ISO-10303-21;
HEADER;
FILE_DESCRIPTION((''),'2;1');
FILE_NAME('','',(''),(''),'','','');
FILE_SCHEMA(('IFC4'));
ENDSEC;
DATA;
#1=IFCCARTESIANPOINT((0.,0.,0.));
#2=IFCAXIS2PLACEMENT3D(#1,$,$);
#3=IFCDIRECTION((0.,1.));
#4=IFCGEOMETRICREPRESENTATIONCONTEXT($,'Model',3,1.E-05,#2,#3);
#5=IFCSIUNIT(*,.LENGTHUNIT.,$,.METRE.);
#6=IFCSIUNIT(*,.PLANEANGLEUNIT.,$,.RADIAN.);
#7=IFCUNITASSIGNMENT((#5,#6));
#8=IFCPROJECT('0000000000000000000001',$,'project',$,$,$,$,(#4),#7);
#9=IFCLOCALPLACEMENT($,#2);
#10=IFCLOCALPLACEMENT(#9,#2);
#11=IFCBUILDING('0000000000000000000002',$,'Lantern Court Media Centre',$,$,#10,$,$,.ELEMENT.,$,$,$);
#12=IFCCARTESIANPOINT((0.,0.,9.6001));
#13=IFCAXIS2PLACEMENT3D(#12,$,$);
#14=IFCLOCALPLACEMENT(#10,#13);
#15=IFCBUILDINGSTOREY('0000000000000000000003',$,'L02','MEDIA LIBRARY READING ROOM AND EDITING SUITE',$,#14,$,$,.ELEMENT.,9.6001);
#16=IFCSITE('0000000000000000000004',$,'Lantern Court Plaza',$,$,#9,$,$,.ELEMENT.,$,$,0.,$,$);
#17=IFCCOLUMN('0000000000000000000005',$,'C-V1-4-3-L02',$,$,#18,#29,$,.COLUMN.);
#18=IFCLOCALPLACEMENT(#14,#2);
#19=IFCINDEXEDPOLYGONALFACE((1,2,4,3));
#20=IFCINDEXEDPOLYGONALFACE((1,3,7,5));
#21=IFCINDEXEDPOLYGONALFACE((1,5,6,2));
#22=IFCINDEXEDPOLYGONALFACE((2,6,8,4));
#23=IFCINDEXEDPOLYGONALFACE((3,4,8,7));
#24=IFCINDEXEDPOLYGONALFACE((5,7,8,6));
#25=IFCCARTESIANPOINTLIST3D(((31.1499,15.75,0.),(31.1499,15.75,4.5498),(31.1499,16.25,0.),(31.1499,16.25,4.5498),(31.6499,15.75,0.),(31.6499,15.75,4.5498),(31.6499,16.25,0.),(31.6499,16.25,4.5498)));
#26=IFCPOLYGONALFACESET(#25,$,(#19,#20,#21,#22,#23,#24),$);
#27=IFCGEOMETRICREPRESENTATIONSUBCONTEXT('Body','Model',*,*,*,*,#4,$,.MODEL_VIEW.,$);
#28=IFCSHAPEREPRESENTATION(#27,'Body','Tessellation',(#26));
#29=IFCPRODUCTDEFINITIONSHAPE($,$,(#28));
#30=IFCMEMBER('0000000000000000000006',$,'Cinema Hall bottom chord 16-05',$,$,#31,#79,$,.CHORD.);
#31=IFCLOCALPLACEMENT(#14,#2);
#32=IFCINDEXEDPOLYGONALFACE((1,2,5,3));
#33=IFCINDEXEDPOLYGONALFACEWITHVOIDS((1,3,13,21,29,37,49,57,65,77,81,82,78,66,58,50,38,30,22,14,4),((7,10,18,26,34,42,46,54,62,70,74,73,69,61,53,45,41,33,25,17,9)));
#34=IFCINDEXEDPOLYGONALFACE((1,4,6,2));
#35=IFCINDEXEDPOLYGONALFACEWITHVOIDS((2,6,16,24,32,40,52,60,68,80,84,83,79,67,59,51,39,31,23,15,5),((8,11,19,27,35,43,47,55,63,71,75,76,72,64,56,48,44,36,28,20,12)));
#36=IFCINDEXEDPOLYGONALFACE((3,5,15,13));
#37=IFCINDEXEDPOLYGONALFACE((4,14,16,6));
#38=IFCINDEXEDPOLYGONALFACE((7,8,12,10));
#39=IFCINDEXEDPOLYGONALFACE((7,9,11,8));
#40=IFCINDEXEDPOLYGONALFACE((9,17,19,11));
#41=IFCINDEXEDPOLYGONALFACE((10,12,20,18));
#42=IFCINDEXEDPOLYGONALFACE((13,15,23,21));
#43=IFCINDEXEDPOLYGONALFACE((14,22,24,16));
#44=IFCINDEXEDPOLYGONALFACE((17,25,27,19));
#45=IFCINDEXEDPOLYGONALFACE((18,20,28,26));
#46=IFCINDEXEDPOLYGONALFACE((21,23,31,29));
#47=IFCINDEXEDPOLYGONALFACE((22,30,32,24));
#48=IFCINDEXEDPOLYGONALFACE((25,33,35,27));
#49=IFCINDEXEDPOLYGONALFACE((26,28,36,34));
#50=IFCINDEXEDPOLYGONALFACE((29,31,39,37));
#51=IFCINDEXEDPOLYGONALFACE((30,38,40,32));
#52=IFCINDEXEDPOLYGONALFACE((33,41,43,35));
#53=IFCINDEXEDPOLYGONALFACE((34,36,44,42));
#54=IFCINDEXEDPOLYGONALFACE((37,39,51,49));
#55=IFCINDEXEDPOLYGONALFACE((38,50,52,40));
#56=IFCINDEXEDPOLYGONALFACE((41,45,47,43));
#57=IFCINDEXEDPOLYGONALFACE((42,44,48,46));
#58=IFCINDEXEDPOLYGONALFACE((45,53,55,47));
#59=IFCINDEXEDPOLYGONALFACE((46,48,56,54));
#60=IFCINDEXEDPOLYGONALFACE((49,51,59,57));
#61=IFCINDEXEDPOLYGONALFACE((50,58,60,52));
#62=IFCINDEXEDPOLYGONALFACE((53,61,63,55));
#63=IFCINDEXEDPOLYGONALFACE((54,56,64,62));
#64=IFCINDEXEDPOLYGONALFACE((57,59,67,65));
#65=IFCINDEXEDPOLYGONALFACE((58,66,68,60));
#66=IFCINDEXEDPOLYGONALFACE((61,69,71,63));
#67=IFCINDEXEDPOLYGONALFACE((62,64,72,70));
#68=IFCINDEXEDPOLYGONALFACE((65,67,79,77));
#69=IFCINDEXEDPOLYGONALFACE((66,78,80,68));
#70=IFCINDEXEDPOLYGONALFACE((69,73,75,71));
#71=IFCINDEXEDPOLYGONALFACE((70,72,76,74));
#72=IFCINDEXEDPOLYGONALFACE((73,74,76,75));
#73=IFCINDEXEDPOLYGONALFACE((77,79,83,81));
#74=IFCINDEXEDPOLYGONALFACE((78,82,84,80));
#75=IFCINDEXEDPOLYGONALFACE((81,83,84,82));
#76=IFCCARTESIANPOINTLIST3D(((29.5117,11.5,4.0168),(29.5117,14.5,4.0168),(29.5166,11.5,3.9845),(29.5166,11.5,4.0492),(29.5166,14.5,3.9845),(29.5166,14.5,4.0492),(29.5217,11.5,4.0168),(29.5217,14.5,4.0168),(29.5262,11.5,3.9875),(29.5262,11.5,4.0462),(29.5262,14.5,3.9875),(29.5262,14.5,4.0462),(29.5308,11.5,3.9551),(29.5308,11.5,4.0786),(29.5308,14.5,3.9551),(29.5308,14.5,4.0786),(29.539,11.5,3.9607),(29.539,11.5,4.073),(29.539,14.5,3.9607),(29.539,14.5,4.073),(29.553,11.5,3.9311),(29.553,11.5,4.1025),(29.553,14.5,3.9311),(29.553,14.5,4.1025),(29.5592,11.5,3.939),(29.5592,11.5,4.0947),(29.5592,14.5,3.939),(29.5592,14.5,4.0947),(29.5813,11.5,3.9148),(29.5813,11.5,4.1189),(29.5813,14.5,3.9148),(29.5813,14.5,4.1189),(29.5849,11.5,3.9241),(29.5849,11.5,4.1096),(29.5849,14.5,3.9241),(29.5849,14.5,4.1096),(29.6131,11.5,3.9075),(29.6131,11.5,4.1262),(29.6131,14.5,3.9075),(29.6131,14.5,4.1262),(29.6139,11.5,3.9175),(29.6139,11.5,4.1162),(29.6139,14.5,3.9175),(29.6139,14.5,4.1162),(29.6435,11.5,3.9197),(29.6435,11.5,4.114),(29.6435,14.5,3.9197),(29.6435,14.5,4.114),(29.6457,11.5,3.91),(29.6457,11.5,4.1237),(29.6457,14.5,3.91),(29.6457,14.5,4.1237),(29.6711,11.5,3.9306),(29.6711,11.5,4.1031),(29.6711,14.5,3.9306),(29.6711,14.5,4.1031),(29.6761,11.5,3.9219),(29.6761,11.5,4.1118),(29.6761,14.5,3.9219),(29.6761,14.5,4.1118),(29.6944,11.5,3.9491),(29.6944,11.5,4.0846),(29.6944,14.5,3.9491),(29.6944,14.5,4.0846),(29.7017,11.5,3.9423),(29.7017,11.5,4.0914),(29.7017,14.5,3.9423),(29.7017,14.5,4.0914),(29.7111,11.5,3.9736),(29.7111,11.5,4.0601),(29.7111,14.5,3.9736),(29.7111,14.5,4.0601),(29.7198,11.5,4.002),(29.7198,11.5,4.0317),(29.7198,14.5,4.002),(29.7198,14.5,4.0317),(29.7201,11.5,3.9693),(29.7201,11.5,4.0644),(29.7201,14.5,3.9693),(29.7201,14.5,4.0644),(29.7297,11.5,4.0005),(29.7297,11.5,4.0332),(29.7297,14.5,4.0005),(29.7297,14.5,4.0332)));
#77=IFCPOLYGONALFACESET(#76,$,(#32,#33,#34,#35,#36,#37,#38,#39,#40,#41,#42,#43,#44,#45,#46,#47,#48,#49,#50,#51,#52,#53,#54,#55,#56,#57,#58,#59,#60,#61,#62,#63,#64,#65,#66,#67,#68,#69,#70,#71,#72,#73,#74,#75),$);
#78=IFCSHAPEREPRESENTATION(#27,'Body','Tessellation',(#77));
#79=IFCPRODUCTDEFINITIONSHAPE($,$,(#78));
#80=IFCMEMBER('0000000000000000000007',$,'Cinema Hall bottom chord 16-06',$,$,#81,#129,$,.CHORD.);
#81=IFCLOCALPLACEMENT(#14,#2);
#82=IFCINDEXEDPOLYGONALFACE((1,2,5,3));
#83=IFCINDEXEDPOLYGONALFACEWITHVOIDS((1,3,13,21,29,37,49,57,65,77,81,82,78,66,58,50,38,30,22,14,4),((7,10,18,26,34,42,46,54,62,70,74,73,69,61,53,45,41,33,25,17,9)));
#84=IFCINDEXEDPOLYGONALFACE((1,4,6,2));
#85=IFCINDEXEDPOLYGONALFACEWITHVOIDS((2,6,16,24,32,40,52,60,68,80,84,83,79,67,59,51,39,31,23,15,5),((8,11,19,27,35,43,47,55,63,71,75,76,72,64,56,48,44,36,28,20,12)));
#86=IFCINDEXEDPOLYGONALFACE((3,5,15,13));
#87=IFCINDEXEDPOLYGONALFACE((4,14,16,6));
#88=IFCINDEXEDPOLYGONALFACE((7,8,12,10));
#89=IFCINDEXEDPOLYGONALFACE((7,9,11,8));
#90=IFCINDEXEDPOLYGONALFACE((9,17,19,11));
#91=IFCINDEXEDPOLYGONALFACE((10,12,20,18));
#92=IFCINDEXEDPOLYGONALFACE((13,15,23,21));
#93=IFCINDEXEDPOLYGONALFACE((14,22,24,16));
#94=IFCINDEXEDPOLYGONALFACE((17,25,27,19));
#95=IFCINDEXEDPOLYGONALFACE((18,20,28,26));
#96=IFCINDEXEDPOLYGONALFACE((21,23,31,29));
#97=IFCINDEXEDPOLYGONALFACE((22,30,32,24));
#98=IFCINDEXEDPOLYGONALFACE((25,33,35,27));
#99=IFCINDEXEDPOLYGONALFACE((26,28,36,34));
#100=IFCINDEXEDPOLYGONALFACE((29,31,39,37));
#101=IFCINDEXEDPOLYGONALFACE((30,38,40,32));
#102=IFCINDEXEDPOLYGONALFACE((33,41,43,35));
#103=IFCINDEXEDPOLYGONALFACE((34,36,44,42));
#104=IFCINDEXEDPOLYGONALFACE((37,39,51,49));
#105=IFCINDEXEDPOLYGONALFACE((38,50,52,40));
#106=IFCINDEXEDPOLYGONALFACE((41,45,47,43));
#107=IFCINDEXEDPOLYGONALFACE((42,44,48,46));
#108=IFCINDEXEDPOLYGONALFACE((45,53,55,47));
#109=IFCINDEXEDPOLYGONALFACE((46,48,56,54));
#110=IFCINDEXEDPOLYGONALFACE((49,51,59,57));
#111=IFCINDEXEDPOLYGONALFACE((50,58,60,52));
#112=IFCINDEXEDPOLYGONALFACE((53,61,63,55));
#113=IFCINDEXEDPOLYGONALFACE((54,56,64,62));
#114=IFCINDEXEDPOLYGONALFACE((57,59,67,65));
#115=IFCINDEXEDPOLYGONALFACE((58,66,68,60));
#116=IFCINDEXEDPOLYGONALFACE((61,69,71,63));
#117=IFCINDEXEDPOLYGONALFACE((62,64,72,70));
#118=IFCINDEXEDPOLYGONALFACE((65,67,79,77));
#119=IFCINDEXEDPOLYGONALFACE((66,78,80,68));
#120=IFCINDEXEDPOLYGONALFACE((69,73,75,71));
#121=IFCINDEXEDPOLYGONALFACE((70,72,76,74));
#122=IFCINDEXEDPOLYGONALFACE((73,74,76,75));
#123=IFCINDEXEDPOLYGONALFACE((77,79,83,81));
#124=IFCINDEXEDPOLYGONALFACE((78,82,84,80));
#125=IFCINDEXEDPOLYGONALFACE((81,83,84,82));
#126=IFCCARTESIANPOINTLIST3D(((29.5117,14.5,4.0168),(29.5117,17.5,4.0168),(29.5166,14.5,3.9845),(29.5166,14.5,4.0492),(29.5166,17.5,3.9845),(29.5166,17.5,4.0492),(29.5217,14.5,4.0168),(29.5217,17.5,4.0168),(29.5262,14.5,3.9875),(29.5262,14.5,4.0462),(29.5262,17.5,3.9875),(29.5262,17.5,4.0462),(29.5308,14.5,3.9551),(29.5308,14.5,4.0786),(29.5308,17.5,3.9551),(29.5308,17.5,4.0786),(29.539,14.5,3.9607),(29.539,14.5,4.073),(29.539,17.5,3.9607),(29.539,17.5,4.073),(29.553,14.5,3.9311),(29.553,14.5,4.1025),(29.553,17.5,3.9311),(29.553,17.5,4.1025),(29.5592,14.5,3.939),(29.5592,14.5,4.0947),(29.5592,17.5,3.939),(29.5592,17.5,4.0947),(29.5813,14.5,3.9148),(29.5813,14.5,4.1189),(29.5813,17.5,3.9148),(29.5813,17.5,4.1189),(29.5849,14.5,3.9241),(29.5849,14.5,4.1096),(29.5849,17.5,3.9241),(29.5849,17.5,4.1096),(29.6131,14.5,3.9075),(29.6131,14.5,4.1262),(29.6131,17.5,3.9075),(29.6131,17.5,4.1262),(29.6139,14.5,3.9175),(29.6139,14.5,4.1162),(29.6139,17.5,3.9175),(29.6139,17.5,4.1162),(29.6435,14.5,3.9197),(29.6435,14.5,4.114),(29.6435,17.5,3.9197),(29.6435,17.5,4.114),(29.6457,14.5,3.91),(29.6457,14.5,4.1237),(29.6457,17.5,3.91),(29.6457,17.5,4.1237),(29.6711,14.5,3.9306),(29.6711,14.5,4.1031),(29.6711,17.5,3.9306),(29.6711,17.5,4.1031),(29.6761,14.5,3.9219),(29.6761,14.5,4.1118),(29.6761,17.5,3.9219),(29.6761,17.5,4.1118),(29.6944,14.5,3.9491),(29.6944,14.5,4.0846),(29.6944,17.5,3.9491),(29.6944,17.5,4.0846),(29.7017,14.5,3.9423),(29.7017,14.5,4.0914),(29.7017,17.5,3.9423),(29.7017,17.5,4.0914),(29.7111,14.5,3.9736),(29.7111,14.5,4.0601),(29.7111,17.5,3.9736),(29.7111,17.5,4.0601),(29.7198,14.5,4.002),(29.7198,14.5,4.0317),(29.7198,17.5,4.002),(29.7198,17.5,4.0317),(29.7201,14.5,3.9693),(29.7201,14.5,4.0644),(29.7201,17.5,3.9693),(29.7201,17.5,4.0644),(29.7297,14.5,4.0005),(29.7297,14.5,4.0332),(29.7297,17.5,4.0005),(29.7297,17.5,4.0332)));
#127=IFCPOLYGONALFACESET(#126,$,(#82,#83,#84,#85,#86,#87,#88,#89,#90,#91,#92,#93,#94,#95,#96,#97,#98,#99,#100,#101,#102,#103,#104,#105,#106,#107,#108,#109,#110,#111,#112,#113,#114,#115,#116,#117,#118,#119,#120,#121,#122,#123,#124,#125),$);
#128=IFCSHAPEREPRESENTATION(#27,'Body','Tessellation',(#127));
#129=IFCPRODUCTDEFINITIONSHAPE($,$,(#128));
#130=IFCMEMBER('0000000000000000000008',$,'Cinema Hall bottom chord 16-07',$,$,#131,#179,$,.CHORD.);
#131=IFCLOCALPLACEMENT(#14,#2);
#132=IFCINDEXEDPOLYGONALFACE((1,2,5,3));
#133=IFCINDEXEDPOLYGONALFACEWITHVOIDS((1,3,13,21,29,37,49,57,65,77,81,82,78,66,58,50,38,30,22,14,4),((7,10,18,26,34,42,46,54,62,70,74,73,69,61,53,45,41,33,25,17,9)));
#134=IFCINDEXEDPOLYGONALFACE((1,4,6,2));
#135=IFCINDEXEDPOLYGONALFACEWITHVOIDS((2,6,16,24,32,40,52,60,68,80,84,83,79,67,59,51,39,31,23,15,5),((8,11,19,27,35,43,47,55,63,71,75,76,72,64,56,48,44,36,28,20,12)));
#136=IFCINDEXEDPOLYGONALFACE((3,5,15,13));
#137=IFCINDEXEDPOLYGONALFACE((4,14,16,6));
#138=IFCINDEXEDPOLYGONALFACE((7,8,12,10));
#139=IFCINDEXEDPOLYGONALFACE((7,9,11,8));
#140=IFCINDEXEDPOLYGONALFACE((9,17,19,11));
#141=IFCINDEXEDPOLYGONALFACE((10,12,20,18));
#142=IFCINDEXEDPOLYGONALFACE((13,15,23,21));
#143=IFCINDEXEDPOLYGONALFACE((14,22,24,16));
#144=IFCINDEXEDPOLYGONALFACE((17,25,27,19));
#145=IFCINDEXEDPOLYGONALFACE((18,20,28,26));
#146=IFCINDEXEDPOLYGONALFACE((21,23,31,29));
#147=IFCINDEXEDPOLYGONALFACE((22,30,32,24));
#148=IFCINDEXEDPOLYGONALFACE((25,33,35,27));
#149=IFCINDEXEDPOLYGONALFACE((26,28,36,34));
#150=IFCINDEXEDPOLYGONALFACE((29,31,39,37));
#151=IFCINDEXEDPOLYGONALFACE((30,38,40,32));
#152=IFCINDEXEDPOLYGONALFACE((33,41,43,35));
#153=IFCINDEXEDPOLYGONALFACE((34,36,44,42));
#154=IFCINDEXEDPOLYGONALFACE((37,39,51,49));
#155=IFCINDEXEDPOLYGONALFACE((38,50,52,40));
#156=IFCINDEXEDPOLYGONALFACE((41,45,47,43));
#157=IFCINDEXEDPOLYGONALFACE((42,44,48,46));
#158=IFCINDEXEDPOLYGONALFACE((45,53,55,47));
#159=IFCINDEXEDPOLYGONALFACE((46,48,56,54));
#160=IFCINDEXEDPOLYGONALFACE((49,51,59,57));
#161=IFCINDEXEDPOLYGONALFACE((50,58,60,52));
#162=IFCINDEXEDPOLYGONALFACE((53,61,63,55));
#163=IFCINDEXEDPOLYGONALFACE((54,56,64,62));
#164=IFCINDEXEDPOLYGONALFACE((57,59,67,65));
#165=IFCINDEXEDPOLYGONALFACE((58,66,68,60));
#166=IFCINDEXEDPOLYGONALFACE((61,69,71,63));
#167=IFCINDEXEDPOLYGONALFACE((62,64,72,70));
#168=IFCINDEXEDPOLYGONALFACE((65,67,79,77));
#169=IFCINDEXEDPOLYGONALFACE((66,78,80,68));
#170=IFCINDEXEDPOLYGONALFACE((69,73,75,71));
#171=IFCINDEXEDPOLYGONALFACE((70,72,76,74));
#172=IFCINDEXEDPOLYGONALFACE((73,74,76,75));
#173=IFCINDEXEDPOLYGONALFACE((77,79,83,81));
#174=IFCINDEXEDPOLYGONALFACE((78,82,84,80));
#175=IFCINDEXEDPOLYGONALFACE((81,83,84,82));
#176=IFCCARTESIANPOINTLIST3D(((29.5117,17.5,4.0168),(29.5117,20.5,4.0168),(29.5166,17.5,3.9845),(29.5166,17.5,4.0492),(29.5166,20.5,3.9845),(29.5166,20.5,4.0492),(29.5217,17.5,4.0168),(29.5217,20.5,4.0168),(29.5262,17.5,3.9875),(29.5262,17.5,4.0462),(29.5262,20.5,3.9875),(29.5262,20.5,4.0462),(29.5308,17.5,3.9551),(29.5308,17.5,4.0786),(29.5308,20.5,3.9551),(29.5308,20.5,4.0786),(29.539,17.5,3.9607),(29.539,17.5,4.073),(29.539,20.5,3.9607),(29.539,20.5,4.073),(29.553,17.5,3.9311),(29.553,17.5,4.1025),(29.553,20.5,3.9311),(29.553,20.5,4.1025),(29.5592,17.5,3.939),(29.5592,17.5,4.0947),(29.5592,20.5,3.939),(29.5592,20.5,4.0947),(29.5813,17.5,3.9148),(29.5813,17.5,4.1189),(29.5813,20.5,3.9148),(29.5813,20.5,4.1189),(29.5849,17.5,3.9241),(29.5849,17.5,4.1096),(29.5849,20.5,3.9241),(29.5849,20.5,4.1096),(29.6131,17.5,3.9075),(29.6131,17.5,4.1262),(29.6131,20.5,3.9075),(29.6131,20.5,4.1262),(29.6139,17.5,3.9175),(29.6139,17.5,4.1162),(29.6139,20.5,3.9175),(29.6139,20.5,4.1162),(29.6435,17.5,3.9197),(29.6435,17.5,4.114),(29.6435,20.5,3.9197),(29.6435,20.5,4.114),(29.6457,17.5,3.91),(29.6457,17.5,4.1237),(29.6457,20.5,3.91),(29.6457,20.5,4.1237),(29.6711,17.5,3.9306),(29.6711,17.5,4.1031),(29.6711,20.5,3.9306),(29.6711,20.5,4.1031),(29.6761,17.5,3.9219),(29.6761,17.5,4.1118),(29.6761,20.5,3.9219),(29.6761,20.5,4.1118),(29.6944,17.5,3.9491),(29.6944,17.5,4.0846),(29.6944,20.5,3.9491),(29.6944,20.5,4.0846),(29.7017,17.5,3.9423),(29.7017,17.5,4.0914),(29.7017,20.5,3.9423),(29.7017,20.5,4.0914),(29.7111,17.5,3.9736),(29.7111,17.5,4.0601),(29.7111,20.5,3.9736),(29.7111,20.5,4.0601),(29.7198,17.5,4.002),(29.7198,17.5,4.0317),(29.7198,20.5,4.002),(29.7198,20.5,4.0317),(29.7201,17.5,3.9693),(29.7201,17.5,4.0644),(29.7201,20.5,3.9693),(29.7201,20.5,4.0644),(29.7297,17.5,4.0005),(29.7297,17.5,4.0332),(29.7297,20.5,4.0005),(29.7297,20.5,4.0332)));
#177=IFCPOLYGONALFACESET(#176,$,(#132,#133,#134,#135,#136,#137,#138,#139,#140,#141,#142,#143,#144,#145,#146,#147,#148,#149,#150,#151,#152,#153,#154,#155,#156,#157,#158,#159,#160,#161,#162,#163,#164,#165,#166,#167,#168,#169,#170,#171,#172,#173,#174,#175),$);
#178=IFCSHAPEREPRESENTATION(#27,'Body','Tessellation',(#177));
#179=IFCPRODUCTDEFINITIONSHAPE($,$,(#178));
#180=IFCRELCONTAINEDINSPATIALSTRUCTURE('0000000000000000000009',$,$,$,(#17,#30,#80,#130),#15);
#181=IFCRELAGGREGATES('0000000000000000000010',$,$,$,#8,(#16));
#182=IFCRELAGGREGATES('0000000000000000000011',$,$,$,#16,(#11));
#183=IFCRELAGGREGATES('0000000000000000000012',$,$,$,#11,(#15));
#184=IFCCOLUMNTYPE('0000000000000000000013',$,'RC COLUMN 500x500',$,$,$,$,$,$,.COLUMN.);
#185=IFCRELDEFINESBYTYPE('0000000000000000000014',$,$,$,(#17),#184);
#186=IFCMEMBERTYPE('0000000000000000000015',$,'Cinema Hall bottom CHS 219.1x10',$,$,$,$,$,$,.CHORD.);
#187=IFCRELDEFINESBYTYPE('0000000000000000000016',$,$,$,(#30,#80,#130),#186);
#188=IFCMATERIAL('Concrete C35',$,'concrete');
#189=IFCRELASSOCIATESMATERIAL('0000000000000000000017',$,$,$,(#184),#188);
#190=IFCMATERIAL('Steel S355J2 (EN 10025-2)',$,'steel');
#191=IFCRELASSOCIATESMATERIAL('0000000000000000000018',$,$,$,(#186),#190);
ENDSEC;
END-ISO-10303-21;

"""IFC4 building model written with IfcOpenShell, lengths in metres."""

from ifc_helpers import new_model, si_unit, direction, frame, origin, origin_2d, place, context, subcontext, project, spatial, rectangle, hollow_circle, extrude, material, material_profile, profile_set, type_object, element, save


model = new_model("IFC4")

# Units and contexts
model_context = context("Model", 3, precision=1e-05, world=origin(), true_north=direction((0.0, 1.0)))
body_context = subcontext(model_context, "Body", "Model", "MODEL_VIEW")
ifc_project = project(units=[si_unit("LENGTHUNIT", "METRE"), si_unit("PLANEANGLEUNIT", "RADIAN")], contexts=[model_context])

# Site, building, storey
site_placement = place(None, origin())
site = spatial("IfcSite", under=ifc_project, at=site_placement, Name="Lantern Court Plaza", CompositionType="ELEMENT", RefElevation=0.0)
building_placement = place(site_placement, origin())
building = spatial("IfcBuilding", under=site, at=building_placement, Name="Lantern Court Media Centre", CompositionType="ELEMENT")
storey_placement = place(building_placement, frame((0.0, 0.0, 9.6001)))
storey = spatial("IfcBuildingStorey", under=building, at=storey_placement, Name="L02", Description="MEDIA LIBRARY READING ROOM AND EDITING SUITE", CompositionType="ELEMENT", Elevation=9.6001)

# Column
ifc_material_1 = material(Name="Concrete C35", Category="concrete")
ifc_material_profile_1 = material_profile(ifc_material_1, rectangle(XDim=0.5, YDim=0.5, at=origin_2d()), Name="RC 500x500")
ifc_profile_set_1 = profile_set([ifc_material_profile_1], Name="Concrete C35")
column_type = type_object("IfcColumnType", Name="RC COLUMN 500x500", PredefinedType="COLUMN", material=ifc_profile_set_1)
column_placement = place(storey_placement, frame((31.3999, 16.0, 0.0), z_axis=(0.0, 0.0, 1.0), x_axis=(1.0, 0.0, 0.0)))
element("IfcColumn", 1, at=column_placement, inside=storey, type_object=column_type, Name="C-V1-4-3-L02", PredefinedType="COLUMN", context=body_context, shape_type="SweptSolid", body=[
    extrude(rectangle(XDim=0.5, YDim=0.5, at=origin_2d()), origin(), (0.0, 0.0, 1.0), 4.5498),
])

# Members
ifc_material_2 = material(Name="Steel S355J2 (EN 10025-2)", Category="steel")
ifc_material_profile_2 = material_profile(ifc_material_2, hollow_circle(Radius=0.1096, WallThickness=0.01, at=origin_2d()), Name="Cinema Hall bottom CHS 219.1x10")
ifc_profile_set_2 = profile_set([ifc_material_profile_2], Name="Steel S355J2 (EN 10025-2)")
member_type_1 = type_object("IfcMemberType", Name="Cinema Hall bottom CHS 219.1x10", PredefinedType="CHORD", material=ifc_profile_set_2)
for number, where, z_axis, x_axis, name in (
    (2, (29.6213, 11.5, 4.0168), (0.0, 1.0, 0.0), (-1.0, 0.0, 0.0), "Cinema Hall bottom chord 16-05"),
    (3, (29.6213, 14.5, 4.0168), (0.0, 1.0, 0.0), (-1.0, 0.0, 0.0), "Cinema Hall bottom chord 16-06"),
    (4, (29.6213, 17.5, 4.0168), (0.0, 1.0, 0.0), (-1.0, 0.0, 0.0), "Cinema Hall bottom chord 16-07"),
):
    element("IfcMember", number, at=place(storey_placement, frame(where, z_axis=z_axis, x_axis=x_axis)), inside=storey, type_object=member_type_1, Name=name, PredefinedType="CHORD", context=body_context, shape_type="SweptSolid", body=[
        extrude(hollow_circle(Radius=0.1096, WallThickness=0.01, at=origin_2d()), origin(), (0.0, 0.0, 1.0), 3.0),
    ])

save(model, "model.ifc")
